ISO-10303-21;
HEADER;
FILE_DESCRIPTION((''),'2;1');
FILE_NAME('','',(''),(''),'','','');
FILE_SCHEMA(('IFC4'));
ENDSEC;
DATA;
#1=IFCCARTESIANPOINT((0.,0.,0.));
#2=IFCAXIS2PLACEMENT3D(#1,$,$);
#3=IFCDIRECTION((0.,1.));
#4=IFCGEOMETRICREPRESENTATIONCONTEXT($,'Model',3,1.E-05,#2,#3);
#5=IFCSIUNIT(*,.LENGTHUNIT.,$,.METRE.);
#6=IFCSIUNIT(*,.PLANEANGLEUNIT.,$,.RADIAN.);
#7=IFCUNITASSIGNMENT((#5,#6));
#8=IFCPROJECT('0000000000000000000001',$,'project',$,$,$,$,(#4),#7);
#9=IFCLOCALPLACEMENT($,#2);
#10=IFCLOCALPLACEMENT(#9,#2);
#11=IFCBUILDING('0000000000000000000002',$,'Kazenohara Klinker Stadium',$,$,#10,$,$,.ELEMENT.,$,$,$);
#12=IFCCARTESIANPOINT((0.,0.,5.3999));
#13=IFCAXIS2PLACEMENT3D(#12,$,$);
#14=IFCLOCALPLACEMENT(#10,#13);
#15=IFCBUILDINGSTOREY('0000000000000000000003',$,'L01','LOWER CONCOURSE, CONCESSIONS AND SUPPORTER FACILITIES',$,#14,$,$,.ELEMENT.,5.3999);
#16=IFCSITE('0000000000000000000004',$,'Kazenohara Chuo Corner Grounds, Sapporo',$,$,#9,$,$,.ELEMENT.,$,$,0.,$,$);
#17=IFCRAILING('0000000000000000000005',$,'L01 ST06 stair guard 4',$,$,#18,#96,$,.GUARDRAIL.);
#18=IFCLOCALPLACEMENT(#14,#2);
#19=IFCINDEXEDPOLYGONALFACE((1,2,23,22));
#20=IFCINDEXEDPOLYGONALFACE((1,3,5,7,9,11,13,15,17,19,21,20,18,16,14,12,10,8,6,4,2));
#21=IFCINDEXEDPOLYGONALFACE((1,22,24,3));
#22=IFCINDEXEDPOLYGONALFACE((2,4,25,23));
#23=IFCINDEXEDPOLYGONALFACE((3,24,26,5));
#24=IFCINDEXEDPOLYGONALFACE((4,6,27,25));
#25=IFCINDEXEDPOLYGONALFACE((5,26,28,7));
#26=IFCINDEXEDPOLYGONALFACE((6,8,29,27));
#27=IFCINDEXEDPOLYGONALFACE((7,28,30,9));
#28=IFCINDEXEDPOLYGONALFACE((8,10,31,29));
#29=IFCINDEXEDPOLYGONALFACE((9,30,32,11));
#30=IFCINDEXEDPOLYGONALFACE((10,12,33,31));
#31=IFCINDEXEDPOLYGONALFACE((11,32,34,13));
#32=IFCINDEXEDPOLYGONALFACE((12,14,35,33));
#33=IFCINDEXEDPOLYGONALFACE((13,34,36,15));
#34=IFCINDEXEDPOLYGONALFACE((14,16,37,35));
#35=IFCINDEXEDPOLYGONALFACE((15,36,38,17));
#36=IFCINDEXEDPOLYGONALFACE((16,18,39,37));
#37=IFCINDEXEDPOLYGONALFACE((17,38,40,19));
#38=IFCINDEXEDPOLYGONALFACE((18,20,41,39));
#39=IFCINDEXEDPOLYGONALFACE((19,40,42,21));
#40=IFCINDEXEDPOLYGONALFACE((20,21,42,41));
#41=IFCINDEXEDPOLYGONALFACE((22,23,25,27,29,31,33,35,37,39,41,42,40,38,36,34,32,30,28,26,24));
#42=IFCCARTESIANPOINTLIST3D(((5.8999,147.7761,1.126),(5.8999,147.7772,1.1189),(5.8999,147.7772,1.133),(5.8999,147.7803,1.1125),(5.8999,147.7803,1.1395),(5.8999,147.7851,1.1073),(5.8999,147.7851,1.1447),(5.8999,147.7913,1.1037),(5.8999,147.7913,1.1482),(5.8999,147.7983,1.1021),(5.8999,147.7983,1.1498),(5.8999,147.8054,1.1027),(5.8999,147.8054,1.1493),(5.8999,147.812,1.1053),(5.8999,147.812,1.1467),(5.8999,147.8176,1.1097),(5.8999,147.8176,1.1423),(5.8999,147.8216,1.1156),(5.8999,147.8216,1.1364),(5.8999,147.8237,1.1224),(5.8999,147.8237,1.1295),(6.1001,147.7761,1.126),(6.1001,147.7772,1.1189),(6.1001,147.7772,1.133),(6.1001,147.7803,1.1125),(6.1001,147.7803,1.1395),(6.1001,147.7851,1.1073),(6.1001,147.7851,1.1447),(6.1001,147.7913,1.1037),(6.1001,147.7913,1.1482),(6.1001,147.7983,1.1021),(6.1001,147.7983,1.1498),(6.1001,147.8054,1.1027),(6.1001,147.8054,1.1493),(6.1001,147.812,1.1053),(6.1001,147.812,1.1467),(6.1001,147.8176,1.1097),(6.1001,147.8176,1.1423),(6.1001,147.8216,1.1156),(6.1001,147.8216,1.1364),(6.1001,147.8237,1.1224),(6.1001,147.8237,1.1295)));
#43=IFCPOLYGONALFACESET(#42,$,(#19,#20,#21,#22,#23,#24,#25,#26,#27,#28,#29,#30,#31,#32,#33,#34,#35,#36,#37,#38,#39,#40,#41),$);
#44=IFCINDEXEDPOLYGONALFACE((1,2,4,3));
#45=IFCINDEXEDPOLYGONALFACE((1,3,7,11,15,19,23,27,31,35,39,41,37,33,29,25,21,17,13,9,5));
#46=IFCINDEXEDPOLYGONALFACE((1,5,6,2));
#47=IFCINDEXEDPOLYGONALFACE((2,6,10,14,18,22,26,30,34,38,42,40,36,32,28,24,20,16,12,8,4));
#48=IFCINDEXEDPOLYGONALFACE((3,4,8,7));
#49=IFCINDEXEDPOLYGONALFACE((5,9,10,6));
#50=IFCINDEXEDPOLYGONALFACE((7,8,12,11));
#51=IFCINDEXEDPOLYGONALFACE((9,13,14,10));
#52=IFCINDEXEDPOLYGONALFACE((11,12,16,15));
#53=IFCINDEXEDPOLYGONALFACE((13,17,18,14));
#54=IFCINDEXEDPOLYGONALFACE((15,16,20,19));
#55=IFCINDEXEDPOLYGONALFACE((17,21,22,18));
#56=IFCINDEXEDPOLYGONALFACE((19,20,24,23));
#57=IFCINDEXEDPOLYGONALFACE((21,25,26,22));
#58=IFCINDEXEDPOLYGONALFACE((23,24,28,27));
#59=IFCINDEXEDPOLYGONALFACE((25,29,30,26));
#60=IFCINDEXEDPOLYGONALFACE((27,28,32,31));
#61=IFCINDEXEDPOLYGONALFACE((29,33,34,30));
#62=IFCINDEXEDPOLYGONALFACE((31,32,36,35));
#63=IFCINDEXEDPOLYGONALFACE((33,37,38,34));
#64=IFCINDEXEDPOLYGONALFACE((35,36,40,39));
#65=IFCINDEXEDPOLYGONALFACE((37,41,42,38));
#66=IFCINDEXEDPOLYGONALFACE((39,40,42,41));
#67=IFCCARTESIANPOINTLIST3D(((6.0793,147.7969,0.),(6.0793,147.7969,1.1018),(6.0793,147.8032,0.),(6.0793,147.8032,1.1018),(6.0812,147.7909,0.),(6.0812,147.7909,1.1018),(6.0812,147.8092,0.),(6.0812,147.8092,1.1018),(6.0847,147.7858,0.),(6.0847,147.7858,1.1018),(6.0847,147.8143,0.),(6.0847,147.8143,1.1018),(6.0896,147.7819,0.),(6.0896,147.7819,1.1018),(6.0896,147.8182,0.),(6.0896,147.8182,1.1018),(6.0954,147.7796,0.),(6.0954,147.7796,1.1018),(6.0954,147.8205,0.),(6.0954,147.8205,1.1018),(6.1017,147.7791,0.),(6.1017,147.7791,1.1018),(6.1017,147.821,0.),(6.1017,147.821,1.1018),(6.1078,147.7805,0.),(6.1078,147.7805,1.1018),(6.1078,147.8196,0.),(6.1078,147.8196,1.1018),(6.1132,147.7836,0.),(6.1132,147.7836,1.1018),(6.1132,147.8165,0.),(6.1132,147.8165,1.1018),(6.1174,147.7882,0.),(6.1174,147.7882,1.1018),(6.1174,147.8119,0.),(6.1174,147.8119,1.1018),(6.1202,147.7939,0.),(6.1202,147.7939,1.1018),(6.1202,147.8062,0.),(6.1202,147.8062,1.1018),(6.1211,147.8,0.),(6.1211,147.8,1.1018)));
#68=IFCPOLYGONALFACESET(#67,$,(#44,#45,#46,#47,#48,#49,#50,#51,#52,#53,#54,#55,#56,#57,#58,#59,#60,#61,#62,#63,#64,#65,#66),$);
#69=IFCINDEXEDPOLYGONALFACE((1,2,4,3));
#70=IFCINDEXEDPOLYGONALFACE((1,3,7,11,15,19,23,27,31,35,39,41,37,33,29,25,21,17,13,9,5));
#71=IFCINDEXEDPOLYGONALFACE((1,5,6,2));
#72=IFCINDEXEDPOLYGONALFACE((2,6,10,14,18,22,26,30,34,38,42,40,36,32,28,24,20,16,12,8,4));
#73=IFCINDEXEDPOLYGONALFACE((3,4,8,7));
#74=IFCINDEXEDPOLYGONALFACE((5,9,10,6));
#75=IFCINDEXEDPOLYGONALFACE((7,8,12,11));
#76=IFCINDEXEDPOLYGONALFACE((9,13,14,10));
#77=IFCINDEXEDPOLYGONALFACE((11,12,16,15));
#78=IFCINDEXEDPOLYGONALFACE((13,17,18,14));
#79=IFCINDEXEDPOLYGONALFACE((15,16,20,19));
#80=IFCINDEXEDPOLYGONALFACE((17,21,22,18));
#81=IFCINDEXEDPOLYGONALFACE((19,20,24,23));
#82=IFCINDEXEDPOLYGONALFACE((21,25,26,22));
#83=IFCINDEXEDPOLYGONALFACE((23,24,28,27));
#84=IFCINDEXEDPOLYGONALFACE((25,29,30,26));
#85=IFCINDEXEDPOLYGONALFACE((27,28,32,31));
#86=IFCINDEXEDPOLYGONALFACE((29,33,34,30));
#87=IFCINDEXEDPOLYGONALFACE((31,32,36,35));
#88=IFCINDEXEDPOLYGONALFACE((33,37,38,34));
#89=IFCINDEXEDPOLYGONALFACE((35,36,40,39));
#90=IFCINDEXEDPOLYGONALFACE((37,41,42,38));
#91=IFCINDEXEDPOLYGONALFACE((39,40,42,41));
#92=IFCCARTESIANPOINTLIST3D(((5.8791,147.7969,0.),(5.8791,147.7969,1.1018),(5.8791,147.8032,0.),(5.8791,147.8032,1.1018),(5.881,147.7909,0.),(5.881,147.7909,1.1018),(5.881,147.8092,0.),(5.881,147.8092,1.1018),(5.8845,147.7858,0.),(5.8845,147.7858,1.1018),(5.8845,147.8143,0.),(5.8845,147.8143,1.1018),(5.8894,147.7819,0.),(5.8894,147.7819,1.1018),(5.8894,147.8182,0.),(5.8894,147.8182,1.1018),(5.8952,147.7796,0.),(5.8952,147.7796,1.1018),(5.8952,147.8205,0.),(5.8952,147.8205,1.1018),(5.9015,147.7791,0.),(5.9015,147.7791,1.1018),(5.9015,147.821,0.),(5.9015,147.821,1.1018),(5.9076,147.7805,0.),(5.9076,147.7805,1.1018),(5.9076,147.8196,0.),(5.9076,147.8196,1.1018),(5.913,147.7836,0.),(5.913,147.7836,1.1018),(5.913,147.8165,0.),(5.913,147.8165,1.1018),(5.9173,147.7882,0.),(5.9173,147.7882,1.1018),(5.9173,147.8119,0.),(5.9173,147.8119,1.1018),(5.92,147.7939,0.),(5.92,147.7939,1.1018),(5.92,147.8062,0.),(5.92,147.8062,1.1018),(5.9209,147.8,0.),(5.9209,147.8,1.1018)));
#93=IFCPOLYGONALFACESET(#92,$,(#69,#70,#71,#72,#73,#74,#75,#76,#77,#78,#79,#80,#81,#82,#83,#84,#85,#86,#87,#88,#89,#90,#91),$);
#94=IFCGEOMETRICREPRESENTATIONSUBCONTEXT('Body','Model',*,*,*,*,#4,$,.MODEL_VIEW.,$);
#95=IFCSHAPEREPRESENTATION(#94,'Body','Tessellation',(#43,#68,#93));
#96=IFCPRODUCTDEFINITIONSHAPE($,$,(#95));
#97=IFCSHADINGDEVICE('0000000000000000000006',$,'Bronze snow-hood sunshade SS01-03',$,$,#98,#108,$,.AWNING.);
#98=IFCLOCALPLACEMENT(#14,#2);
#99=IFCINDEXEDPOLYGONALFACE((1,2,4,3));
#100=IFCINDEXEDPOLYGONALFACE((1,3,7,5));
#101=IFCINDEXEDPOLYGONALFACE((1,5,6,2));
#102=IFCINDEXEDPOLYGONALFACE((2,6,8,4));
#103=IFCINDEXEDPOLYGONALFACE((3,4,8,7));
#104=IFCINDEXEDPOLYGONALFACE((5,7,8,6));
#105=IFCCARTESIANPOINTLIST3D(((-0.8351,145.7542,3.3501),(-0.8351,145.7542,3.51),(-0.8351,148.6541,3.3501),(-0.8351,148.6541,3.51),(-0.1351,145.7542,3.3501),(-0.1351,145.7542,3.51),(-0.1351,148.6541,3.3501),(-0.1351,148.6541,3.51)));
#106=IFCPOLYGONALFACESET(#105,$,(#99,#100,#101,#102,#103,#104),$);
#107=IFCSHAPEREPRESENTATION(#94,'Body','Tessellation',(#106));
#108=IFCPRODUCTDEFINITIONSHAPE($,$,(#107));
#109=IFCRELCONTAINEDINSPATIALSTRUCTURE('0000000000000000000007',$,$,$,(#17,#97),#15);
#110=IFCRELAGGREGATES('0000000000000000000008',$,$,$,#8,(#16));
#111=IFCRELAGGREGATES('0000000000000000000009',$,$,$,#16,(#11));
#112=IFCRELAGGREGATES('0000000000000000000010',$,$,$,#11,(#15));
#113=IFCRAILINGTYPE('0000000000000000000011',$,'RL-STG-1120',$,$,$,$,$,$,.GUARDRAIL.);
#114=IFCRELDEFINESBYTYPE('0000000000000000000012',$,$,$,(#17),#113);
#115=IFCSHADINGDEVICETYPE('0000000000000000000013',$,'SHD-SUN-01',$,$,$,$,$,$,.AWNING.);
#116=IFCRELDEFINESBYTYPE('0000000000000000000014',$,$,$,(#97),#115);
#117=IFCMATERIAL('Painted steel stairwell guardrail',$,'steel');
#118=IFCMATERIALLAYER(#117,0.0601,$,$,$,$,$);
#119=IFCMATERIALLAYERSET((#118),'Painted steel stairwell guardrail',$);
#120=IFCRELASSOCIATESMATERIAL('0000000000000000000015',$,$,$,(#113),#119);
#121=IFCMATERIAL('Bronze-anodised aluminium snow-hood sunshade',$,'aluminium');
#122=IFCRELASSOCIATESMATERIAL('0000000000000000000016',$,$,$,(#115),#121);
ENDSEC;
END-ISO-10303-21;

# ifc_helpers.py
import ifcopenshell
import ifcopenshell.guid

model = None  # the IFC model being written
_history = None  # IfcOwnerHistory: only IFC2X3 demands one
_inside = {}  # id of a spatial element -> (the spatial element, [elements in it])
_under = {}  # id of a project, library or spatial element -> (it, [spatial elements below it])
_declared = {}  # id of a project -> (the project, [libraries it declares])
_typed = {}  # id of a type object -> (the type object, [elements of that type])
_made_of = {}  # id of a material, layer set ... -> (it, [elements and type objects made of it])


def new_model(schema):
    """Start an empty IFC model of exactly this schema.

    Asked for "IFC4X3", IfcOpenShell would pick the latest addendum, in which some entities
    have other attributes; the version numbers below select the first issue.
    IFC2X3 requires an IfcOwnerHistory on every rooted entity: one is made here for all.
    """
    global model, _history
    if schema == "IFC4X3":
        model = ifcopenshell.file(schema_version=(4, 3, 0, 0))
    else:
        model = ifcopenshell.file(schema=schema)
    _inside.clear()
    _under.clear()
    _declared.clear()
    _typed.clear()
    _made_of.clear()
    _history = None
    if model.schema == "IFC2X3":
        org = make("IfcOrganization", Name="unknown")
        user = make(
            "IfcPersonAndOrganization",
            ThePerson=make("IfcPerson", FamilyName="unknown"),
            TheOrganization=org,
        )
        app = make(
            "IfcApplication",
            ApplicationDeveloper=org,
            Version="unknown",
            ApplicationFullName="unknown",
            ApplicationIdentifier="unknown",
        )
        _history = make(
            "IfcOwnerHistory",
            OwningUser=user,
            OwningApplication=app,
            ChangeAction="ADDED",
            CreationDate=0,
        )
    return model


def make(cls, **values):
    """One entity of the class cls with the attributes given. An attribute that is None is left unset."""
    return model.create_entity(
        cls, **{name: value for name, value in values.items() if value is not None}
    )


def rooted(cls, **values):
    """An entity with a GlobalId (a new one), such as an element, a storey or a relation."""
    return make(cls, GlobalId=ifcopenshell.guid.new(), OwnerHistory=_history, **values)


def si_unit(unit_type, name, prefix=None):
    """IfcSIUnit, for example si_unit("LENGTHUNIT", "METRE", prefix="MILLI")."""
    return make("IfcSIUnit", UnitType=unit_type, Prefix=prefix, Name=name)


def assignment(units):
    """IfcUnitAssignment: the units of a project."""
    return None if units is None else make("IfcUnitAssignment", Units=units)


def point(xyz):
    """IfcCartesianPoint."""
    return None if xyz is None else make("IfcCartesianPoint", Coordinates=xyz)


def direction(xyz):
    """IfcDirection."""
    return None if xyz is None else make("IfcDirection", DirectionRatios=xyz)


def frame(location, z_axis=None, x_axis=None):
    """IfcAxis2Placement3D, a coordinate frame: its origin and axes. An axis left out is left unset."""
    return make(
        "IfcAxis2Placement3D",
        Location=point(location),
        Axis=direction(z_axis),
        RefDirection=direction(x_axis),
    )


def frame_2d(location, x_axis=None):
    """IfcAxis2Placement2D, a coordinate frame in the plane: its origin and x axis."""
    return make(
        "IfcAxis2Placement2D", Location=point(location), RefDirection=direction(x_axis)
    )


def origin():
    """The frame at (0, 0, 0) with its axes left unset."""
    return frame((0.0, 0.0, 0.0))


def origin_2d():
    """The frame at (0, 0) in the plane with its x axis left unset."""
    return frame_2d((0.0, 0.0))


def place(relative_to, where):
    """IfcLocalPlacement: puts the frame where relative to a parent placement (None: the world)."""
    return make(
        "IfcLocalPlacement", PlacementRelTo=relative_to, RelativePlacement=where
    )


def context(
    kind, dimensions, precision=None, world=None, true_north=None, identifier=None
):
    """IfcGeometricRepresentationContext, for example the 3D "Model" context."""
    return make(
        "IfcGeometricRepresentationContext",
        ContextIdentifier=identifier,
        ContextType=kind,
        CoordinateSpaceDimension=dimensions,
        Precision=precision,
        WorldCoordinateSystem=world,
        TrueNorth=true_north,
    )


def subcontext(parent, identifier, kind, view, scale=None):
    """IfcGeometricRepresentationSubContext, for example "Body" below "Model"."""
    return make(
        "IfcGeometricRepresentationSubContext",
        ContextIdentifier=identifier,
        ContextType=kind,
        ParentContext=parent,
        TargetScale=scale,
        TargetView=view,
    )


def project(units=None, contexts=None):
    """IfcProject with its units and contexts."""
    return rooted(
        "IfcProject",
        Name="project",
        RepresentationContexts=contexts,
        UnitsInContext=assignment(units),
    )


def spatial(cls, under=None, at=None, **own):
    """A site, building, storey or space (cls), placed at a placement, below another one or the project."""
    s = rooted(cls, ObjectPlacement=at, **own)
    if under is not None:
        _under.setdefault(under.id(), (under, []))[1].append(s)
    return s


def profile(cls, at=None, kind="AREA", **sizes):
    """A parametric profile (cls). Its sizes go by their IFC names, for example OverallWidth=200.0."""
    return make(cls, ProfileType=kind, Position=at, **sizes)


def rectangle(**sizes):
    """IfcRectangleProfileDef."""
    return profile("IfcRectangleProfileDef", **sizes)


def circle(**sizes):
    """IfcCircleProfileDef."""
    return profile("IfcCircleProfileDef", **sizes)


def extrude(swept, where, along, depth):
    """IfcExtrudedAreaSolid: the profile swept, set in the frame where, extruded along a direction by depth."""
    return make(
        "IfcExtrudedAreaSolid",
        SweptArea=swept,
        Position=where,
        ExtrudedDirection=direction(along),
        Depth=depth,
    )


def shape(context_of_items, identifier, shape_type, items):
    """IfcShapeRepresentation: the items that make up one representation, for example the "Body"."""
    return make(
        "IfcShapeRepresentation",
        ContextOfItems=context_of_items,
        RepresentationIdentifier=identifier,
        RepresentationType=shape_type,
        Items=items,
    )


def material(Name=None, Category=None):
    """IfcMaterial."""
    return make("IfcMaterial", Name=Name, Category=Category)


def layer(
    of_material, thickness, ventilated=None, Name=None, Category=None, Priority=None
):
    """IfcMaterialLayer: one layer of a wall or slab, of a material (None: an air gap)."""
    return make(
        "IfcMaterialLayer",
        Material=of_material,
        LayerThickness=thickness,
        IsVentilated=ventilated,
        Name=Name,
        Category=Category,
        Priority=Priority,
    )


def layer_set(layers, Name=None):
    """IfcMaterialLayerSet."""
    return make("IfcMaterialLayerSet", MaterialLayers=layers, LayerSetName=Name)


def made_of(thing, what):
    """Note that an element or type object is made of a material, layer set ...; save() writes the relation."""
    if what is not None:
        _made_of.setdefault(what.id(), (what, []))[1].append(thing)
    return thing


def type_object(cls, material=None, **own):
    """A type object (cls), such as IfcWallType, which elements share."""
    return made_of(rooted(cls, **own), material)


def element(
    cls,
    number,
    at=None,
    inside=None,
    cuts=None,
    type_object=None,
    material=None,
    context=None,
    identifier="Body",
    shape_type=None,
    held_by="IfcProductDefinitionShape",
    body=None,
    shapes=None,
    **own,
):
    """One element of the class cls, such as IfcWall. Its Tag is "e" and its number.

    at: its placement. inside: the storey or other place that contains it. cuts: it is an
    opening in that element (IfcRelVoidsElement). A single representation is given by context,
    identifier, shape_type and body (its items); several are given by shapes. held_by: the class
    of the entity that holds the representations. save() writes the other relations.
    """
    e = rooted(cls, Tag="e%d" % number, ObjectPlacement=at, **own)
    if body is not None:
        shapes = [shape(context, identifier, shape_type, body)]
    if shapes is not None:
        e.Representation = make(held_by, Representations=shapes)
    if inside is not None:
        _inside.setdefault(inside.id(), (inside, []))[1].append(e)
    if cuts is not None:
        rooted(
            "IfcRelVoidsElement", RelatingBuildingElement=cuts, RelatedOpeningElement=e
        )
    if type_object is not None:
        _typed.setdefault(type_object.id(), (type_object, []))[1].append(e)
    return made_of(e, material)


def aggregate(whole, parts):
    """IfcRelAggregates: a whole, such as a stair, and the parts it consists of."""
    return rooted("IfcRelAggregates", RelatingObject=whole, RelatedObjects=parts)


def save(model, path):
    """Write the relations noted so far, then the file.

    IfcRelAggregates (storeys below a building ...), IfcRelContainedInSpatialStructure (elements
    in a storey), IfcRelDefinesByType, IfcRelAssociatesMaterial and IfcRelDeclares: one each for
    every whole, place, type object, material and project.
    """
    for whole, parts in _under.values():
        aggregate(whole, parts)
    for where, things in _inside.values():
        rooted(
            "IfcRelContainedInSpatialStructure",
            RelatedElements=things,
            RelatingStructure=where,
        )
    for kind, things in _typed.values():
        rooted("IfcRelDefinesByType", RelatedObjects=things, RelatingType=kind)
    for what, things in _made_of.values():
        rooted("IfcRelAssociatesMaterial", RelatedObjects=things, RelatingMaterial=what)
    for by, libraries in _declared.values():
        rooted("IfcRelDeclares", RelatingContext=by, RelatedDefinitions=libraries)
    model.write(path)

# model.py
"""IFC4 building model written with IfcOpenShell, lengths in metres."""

from ifc_helpers import new_model, si_unit, direction, frame, origin, origin_2d, place, context, subcontext, project, spatial, rectangle, circle, extrude, material, layer, layer_set, type_object, element, save


model = new_model("IFC4")

# Units and contexts
model_context = context("Model", 3, precision=1e-05, world=origin(), true_north=direction((0.0, 1.0)))
body_context = subcontext(model_context, "Body", "Model", "MODEL_VIEW")
ifc_project = project(units=[si_unit("LENGTHUNIT", "METRE"), si_unit("PLANEANGLEUNIT", "RADIAN")], contexts=[model_context])

# Site, building, storey
site_placement = place(None, origin())
site = spatial("IfcSite", under=ifc_project, at=site_placement, Name="Kazenohara Chuo Corner Grounds, Sapporo", CompositionType="ELEMENT", RefElevation=0.0)
building_placement = place(site_placement, origin())
building = spatial("IfcBuilding", under=site, at=building_placement, Name="Kazenohara Klinker Stadium", CompositionType="ELEMENT")
storey_placement = place(building_placement, frame((0.0, 0.0, 5.3999)))
storey = spatial("IfcBuildingStorey", under=building, at=storey_placement, Name="L01", Description="LOWER CONCOURSE, CONCESSIONS AND SUPPORTER FACILITIES", CompositionType="ELEMENT", Elevation=5.3999)

# Railing
ifc_material_1 = material(Name="Painted steel stairwell guardrail", Category="steel")
ifc_layer_1 = layer(ifc_material_1, 0.0601)
ifc_layer_set_1 = layer_set([ifc_layer_1], Name="Painted steel stairwell guardrail")
railing_type_1 = type_object("IfcRailingType", Name="RL-STG-1120", PredefinedType="GUARDRAIL", material=ifc_layer_set_1)
railing_1_placement = place(storey_placement, frame((6.1001, 147.8, 0.0)))
element("IfcRailing", 1, at=railing_1_placement, inside=storey, type_object=railing_type_1, Name="L01 ST06 stair guard 4", PredefinedType="GUARDRAIL", context=body_context, shape_type="SweptSolid", body=[
    extrude(circle(Radius=0.0239, at=origin_2d()), frame((0.0, 0.0, 1.126), z_axis=(-1.0, 0.0, 0.0), x_axis=(0.0, -1.0, 0.0)), (0.0, 0.0, 1.0), 0.2002),
    extrude(circle(Radius=0.021, at=origin_2d()), origin(), (0.0, 0.0, 1.0), 1.1018),
    extrude(circle(Radius=0.021, at=origin_2d()), frame((-0.2002, 0.0, 0.0)), (0.0, 0.0, 1.0), 1.1018),
])

# Shading device
ifc_material_2 = material(Name="Bronze-anodised aluminium snow-hood sunshade", Category="aluminium")
shading_device_type = type_object("IfcShadingDeviceType", Name="SHD-SUN-01", PredefinedType="AWNING", material=ifc_material_2)
shading_device_placement = place(storey_placement, frame((-0.4851, 147.2041, 3.3501), z_axis=(0.0, 0.0, 1.0), x_axis=(0.0, 1.0, 0.0)))
element("IfcShadingDevice", 2, at=shading_device_placement, inside=storey, type_object=shading_device_type, Name="Bronze snow-hood sunshade SS01-03", PredefinedType="AWNING", context=body_context, shape_type="SweptSolid", body=[
    extrude(rectangle(XDim=2.8999, YDim=0.7, at=origin_2d()), origin(), (0.0, 0.0, 1.0), 0.1599),
])

save(model, "model.ifc")
